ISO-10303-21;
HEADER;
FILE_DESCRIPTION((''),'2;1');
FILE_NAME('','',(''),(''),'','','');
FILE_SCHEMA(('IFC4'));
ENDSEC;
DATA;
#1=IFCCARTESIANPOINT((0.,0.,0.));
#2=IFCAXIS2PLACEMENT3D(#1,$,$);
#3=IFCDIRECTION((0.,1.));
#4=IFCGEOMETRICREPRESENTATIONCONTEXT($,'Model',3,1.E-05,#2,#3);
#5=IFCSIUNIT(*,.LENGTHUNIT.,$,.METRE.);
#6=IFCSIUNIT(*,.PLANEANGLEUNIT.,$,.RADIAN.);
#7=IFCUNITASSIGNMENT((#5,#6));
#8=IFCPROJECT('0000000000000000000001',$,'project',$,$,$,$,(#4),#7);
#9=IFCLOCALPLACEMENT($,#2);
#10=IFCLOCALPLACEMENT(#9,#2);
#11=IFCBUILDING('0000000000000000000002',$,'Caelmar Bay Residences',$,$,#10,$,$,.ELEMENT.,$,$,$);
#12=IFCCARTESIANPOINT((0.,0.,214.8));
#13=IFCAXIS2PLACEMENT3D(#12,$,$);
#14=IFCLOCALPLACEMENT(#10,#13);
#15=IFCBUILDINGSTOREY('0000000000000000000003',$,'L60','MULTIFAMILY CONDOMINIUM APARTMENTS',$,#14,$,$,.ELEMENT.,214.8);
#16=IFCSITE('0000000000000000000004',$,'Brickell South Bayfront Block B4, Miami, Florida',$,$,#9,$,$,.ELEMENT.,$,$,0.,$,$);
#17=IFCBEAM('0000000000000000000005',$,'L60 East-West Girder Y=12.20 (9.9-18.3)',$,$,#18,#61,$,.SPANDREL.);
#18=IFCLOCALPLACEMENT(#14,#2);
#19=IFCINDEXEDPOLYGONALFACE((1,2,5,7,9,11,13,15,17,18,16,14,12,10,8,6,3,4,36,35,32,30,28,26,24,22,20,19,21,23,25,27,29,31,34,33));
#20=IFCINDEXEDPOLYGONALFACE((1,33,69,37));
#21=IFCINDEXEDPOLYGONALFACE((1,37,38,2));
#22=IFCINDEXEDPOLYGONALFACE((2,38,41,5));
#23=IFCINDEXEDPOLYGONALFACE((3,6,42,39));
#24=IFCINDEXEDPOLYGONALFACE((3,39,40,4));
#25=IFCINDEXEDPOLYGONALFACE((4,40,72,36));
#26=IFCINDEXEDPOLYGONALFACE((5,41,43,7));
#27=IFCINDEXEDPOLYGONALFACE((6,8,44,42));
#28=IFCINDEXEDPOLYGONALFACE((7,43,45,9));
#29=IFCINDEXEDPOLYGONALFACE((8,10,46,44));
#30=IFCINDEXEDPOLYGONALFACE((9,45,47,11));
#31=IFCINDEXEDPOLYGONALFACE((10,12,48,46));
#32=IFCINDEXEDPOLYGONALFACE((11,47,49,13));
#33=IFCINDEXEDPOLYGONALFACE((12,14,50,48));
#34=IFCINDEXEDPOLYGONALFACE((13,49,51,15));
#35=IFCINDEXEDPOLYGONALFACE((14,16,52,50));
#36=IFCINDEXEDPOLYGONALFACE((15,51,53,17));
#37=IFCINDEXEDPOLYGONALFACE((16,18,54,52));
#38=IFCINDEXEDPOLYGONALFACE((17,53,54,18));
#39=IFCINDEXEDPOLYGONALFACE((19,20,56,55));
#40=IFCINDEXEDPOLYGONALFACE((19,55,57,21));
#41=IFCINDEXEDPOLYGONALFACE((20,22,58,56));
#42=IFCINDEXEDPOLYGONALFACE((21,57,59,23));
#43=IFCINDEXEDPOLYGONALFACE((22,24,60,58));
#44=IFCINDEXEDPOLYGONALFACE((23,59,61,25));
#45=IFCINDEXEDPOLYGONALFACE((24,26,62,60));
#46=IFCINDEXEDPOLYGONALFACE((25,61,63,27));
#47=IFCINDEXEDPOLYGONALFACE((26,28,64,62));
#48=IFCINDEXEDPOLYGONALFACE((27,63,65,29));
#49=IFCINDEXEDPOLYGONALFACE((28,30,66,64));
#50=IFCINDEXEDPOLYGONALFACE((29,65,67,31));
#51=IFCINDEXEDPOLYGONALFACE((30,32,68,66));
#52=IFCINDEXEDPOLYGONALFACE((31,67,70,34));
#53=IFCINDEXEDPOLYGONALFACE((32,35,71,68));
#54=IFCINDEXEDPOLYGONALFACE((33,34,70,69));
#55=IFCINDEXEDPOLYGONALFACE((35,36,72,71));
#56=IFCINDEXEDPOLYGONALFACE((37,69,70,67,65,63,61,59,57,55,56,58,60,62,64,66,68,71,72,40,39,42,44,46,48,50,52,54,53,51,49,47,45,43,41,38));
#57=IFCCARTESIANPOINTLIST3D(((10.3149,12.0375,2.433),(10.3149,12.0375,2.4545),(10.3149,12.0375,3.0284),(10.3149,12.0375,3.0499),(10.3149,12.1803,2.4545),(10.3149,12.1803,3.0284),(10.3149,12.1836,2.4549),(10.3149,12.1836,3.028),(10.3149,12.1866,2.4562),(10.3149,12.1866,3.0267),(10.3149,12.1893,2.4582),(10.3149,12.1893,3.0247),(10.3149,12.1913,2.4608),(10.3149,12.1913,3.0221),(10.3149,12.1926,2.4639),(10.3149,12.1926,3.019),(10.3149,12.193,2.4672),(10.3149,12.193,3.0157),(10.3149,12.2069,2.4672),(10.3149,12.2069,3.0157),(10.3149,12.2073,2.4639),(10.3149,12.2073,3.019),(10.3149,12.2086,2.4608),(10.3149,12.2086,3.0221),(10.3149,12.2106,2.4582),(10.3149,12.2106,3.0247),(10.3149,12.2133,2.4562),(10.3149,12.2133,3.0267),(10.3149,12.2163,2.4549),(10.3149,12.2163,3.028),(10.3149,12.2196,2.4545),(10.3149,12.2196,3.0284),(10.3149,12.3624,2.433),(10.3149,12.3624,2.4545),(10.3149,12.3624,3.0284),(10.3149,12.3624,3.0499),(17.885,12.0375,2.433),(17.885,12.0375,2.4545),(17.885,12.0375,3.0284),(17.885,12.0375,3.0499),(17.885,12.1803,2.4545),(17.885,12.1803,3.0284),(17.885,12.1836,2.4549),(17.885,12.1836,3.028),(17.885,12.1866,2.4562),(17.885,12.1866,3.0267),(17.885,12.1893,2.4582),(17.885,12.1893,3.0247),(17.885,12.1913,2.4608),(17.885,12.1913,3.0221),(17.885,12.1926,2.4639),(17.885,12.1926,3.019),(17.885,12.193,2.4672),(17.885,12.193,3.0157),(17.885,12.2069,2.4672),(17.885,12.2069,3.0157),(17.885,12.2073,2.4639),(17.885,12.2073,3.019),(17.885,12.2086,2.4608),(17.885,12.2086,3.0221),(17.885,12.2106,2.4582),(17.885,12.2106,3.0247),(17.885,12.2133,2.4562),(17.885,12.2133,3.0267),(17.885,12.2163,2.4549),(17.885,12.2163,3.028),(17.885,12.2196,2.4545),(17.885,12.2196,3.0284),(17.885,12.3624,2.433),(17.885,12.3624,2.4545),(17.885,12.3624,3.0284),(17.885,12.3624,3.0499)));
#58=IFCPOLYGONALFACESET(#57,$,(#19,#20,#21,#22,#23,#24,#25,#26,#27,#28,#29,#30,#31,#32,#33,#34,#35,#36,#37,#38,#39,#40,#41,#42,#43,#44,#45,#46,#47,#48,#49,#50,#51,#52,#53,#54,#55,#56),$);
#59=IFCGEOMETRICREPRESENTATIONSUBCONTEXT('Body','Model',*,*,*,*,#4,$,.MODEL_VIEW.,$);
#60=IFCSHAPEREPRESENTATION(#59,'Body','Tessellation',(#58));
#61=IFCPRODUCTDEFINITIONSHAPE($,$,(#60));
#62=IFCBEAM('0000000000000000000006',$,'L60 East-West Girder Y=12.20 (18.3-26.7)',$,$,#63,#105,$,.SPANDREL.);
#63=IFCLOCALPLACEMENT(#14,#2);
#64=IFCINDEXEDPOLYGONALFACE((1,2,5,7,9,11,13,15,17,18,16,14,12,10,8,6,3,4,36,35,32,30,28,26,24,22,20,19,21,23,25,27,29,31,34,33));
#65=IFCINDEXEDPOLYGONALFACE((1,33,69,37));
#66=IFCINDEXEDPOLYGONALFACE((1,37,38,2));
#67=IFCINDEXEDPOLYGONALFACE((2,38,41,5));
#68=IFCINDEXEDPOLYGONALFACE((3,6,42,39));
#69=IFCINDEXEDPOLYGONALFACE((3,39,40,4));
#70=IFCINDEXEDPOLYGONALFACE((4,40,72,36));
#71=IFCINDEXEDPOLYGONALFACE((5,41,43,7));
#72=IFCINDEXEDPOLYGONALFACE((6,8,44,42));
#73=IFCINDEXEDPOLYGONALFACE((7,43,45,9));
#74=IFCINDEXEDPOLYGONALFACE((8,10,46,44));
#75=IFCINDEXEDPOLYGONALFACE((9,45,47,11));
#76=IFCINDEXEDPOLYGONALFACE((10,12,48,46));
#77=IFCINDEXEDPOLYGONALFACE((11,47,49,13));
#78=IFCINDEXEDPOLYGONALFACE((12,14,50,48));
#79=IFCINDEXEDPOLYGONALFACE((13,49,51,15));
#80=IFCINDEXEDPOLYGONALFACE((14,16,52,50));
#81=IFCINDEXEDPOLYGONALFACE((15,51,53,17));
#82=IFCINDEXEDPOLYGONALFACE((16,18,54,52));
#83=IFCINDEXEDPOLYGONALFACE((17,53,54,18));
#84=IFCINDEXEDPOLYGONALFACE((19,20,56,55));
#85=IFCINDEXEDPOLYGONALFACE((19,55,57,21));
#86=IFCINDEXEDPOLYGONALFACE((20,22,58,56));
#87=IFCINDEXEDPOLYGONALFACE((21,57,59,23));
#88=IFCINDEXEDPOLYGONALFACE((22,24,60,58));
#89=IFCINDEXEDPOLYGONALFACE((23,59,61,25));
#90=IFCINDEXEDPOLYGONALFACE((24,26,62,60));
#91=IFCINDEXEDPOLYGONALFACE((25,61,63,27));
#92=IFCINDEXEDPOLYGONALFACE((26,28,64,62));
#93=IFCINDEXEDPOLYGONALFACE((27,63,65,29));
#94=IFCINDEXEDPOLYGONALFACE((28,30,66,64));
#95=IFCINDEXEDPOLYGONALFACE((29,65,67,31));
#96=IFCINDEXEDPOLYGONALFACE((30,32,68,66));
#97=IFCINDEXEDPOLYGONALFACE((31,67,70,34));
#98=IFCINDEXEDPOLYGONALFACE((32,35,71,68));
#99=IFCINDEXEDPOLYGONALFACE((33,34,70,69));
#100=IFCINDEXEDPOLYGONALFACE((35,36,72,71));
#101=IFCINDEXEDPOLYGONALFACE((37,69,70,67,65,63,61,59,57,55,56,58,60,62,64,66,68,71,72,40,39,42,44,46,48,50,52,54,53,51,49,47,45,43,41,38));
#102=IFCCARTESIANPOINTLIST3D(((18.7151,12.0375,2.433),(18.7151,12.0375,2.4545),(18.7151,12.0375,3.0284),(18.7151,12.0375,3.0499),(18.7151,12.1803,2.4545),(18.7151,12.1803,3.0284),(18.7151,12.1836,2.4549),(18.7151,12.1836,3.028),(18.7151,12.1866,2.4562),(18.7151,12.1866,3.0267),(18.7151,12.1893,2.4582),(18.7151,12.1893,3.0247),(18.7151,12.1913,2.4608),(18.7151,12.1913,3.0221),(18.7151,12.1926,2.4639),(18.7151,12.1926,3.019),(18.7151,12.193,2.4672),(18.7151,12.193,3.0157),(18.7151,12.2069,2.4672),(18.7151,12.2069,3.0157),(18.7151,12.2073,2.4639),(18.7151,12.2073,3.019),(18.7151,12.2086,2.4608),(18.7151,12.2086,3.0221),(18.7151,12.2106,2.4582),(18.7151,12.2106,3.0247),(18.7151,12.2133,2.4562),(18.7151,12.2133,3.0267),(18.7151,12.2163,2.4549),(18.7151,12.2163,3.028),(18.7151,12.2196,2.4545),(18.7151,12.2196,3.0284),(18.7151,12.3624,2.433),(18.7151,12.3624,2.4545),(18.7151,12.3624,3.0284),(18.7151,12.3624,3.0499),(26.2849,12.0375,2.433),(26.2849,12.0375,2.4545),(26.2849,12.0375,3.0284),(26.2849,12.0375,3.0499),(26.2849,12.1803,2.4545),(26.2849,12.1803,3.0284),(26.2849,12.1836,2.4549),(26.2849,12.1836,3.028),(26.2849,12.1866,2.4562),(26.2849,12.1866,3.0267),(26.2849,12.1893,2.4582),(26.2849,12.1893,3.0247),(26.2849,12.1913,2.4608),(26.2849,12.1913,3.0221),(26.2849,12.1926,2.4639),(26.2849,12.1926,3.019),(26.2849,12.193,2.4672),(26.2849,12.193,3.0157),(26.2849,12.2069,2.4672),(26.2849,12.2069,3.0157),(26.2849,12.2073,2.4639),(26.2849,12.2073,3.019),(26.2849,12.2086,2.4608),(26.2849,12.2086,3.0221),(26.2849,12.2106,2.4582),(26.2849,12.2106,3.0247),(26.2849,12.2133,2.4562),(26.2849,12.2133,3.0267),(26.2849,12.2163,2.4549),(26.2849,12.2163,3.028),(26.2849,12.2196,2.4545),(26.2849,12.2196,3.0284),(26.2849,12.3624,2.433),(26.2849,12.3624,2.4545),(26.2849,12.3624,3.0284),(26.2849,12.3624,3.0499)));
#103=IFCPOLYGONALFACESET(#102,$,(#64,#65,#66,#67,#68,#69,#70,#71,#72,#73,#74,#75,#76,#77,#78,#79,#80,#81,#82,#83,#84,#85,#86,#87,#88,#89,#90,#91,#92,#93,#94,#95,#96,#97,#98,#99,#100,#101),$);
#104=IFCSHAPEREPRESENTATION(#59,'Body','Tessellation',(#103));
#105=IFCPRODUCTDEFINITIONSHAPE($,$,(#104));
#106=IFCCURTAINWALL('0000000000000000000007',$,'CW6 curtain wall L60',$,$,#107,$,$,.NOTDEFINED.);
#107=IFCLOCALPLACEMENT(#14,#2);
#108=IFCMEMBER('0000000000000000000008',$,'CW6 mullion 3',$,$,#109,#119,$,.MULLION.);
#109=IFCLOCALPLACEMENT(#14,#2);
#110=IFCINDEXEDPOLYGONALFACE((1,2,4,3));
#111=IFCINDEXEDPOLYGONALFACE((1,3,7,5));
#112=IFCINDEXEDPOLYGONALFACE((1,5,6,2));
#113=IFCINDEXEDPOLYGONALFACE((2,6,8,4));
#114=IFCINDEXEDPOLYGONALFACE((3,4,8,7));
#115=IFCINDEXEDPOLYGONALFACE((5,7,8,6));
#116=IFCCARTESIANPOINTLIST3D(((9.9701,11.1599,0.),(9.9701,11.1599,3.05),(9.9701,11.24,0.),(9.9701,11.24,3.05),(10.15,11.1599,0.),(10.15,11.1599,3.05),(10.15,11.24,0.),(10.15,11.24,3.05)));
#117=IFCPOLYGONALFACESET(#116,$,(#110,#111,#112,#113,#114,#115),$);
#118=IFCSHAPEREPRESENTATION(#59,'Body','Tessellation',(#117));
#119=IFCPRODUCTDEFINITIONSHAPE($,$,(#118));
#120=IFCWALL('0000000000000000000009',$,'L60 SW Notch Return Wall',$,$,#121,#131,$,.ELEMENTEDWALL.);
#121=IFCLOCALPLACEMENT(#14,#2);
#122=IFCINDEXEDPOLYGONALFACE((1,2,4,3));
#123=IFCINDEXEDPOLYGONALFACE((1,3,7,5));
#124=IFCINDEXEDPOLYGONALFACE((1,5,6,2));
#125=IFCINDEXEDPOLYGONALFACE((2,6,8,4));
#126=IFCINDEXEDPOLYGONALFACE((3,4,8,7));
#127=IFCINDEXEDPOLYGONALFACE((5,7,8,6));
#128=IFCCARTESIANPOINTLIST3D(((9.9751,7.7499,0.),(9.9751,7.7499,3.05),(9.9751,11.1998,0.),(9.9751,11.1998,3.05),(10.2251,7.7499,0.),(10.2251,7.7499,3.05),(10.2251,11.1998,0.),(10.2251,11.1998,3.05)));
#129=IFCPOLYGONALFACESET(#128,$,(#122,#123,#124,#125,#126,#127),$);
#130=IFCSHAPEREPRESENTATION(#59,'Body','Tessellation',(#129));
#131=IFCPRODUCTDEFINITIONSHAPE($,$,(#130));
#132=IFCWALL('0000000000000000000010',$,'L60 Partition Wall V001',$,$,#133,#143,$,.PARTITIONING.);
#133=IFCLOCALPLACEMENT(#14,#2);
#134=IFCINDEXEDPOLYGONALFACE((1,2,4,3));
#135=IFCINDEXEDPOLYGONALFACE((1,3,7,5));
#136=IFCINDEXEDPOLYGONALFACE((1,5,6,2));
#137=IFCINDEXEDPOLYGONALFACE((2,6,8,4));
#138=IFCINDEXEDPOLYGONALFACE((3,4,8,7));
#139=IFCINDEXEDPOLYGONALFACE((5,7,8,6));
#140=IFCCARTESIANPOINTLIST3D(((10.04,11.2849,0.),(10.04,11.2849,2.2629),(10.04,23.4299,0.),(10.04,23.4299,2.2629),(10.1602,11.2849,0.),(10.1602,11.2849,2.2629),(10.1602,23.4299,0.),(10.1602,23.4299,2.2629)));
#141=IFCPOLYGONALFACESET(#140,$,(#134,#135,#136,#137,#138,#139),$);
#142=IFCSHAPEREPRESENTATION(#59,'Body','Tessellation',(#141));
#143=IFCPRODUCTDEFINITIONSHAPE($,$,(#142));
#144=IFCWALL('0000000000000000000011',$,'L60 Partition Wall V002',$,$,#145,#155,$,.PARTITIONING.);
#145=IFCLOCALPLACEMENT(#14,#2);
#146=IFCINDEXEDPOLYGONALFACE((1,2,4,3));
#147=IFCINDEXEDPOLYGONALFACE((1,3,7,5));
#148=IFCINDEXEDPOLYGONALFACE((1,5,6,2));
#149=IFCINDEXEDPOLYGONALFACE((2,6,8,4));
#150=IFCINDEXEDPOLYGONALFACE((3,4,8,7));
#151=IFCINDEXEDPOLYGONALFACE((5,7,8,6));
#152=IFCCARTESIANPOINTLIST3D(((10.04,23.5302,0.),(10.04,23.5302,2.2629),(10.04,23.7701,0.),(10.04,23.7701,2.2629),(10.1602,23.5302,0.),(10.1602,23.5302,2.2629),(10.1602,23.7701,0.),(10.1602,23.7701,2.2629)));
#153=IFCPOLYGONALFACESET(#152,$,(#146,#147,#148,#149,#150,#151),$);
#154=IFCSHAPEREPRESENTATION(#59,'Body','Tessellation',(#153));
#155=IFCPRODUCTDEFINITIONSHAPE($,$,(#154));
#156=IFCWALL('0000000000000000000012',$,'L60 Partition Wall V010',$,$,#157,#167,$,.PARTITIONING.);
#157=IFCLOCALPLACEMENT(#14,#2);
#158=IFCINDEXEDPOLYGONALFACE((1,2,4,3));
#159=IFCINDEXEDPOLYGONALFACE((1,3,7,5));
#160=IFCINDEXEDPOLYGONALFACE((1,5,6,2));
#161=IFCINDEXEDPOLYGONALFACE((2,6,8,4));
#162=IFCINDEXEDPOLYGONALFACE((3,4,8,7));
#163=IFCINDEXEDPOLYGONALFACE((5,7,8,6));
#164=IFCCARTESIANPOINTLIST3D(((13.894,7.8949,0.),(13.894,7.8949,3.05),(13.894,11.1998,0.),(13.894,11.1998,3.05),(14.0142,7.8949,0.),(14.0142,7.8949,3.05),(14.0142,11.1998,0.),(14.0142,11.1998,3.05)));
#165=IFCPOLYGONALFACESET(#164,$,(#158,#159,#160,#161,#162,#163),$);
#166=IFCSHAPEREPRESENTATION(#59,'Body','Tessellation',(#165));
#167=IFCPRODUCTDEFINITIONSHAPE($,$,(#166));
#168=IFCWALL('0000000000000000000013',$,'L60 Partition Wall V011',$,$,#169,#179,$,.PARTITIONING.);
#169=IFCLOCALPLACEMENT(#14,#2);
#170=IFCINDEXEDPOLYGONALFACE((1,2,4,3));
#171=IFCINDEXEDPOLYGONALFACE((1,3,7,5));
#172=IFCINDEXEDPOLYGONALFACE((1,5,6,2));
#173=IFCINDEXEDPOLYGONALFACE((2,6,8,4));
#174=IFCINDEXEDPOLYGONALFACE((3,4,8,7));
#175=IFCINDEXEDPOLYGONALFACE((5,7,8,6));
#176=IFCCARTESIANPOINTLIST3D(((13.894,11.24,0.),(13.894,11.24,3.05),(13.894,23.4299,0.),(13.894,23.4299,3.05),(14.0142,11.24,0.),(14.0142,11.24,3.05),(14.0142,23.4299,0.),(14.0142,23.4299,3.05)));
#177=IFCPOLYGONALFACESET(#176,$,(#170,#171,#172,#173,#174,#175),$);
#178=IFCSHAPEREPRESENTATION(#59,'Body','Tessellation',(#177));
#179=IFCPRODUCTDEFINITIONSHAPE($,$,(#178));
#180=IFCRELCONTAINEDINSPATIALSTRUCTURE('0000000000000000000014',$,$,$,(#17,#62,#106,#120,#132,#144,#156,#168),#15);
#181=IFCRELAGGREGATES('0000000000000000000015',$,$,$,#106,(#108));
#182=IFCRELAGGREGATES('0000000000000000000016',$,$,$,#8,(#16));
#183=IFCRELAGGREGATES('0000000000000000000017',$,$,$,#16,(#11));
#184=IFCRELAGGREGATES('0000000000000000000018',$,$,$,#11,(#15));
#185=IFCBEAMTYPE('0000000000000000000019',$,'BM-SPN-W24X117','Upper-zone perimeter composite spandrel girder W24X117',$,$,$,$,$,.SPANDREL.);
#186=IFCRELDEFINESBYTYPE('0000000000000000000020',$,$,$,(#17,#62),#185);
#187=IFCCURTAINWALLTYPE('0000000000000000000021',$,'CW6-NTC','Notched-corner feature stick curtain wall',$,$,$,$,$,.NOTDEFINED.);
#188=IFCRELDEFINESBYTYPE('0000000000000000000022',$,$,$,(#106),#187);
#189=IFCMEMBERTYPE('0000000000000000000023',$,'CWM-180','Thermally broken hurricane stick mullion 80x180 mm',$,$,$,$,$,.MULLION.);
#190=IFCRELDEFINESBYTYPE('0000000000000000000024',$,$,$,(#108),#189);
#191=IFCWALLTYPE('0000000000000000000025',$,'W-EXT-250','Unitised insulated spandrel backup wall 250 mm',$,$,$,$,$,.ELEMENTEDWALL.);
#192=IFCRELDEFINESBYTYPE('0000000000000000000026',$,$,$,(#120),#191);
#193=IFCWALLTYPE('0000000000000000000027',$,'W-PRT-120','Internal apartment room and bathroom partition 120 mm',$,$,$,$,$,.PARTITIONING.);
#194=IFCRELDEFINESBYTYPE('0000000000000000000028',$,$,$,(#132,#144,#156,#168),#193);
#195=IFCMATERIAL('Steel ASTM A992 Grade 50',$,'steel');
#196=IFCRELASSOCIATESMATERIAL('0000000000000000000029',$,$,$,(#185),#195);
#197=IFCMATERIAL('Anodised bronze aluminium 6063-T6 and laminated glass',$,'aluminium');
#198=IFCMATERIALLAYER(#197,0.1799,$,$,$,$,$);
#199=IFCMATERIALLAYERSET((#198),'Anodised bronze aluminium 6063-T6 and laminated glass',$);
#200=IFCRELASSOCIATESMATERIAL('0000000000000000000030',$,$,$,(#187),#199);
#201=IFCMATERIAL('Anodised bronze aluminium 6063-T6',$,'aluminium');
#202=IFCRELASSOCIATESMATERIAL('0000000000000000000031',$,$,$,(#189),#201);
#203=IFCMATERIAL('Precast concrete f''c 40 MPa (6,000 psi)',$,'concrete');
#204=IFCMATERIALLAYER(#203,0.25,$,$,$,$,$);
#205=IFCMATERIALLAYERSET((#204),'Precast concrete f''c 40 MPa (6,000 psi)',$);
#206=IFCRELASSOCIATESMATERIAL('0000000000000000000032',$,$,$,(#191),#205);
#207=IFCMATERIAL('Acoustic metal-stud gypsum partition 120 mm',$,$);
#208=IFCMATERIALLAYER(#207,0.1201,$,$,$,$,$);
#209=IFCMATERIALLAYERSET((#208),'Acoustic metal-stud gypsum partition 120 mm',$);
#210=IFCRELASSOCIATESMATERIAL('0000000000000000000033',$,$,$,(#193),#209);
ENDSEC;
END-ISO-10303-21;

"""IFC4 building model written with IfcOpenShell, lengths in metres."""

from ifc_helpers import new_model, si_unit, direction, frame, frame_2d, origin, origin_2d, place, context, subcontext, project, spatial, rectangle, i_section, extrude, material, layer, layer_set, material_profile, profile_set, type_object, element, aggregate, save


model = new_model("IFC4")

# Units and contexts
model_context = context("Model", 3, precision=1e-05, world=origin(), true_north=direction((0.0, 1.0)))
body_context = subcontext(model_context, "Body", "Model", "MODEL_VIEW")
ifc_project = project(units=[si_unit("LENGTHUNIT", "METRE"), si_unit("PLANEANGLEUNIT", "RADIAN")], contexts=[model_context])

# Site, building, storey
site_placement = place(None, origin())
site = spatial("IfcSite", under=ifc_project, at=site_placement, Name="Brickell South Bayfront Block B4, Miami, Florida", CompositionType="ELEMENT", RefElevation=0.0)
building_placement = place(site_placement, origin())
building = spatial("IfcBuilding", under=site, at=building_placement, Name="Caelmar Bay Residences", CompositionType="ELEMENT")
storey_placement = place(building_placement, frame((0.0, 0.0, 214.8)))
storey = spatial("IfcBuildingStorey", under=building, at=storey_placement, Name="L60", Description="MULTIFAMILY CONDOMINIUM APARTMENTS", CompositionType="ELEMENT", Elevation=214.8)

# Beams
ifc_material_1 = material(Name="Steel ASTM A992 Grade 50", Category="steel")
ifc_material_profile_1 = material_profile(ifc_material_1, i_section(OverallWidth=0.325, OverallDepth=0.6169, WebThickness=0.0139, FlangeThickness=0.0215, FilletRadius=0.0127, at=origin_2d()), Name="W24X117")
ifc_profile_set_1 = profile_set([ifc_material_profile_1], Name="Steel ASTM A992 Grade 50")
beam_type_1 = type_object("IfcBeamType", Name="BM-SPN-W24X117", Description="Upper-zone perimeter composite spandrel girder W24X117", PredefinedType="SPANDREL", material=ifc_profile_set_1)
beam_1_placement = place(storey_placement, frame((10.3149, 12.2, 2.7415), z_axis=(1.0, 0.0, 0.0), x_axis=(0.0, 1.0, 0.0)))
element("IfcBeam", 1, at=beam_1_placement, inside=storey, type_object=beam_type_1, Name="L60 East-West Girder Y=12.20 (9.9-18.3)", PredefinedType="SPANDREL", context=body_context, shape_type="SweptSolid", body=[
    extrude(i_section(OverallWidth=0.325, OverallDepth=0.6169, WebThickness=0.0139, FlangeThickness=0.0215, FilletRadius=0.0127, at=origin_2d()), origin(), (0.0, 0.0, 1.0), 7.5701),
])
beam_2_placement = place(storey_placement, frame((18.7151, 12.2, 2.7415), z_axis=(1.0, 0.0, 0.0), x_axis=(0.0, 1.0, 0.0)))
element("IfcBeam", 2, at=beam_2_placement, inside=storey, type_object=beam_type_1, Name="L60 East-West Girder Y=12.20 (18.3-26.7)", PredefinedType="SPANDREL", context=body_context, shape_type="SweptSolid", body=[
    extrude(i_section(OverallWidth=0.325, OverallDepth=0.6169, WebThickness=0.0139, FlangeThickness=0.0215, FilletRadius=0.0127, at=origin_2d()), origin(), (0.0, 0.0, 1.0), 7.5698),
])

# Curtain wall, member
ifc_material_2 = material(Name="Anodised bronze aluminium 6063-T6 and laminated glass", Category="aluminium")
ifc_layer_1 = layer(ifc_material_2, 0.1799)
ifc_layer_set_1 = layer_set([ifc_layer_1], Name="Anodised bronze aluminium 6063-T6 and laminated glass")
curtain_wall_type = type_object("IfcCurtainWallType", Name="CW6-NTC", Description="Notched-corner feature stick curtain wall", PredefinedType="NOTDEFINED", material=ifc_layer_set_1)
curtain_wall_placement = place(storey_placement, origin())
curtain_wall = element("IfcCurtainWall", 3, at=curtain_wall_placement, inside=storey, type_object=curtain_wall_type, Name="CW6 curtain wall L60", PredefinedType="NOTDEFINED")
ifc_material_3 = material(Name="Anodised bronze aluminium 6063-T6", Category="aluminium")
ifc_material_profile_2 = material_profile(ifc_material_3, rectangle(XDim=0.0801, YDim=0.1799, at=origin_2d()), Name="CWM-80X180")
ifc_profile_set_2 = profile_set([ifc_material_profile_2], Name="Anodised bronze aluminium 6063-T6")
member_type = type_object("IfcMemberType", Name="CWM-180", Description="Thermally broken hurricane stick mullion 80x180 mm", PredefinedType="MULLION", material=ifc_profile_set_2)
member_placement = place(storey_placement, frame((10.0601, 11.2, 0.0), z_axis=(0.0, 0.0, 1.0), x_axis=(0.0, 1.0, 0.0)))
member = element("IfcMember", 4, at=member_placement, type_object=member_type, Name="CW6 mullion 3", PredefinedType="MULLION", context=body_context, shape_type="SweptSolid", body=[
    extrude(rectangle(XDim=0.0801, YDim=0.1799, at=origin_2d()), origin(), (0.0, 0.0, 1.0), 3.05),
])
aggregate(curtain_wall, [member])

# Walls
ifc_material_4 = material(Name="Precast concrete f'c 40 MPa (6,000 psi)", Category="concrete")
ifc_layer_2 = layer(ifc_material_4, 0.25)
ifc_layer_set_2 = layer_set([ifc_layer_2], Name="Precast concrete f'c 40 MPa (6,000 psi)")
wall_type_1 = type_object("IfcWallType", Name="W-EXT-250", Description="Unitised insulated spandrel backup wall 250 mm", PredefinedType="ELEMENTEDWALL", material=ifc_layer_set_2)
wall_1_placement = place(storey_placement, frame((10.1001, 11.2, 0.0), z_axis=(0.0, 0.0, 1.0), x_axis=(0.0, -1.0, 0.0)))
element("IfcWall", 5, at=wall_1_placement, inside=storey, type_object=wall_type_1, Name="L60 SW Notch Return Wall", PredefinedType="ELEMENTEDWALL", context=body_context, shape_type="SweptSolid", body=[
    extrude(rectangle(XDim=3.45, YDim=0.25, at=frame_2d((1.7251, 0.0))), origin(), (0.0, 0.0, 1.0), 3.05),
])
ifc_material_5 = material(Name="Acoustic metal-stud gypsum partition 120 mm")
ifc_layer_3 = layer(ifc_material_5, 0.1201)
ifc_layer_set_3 = layer_set([ifc_layer_3], Name="Acoustic metal-stud gypsum partition 120 mm")
wall_type_2 = type_object("IfcWallType", Name="W-PRT-120", Description="Internal apartment room and bathroom partition 120 mm", PredefinedType="PARTITIONING", material=ifc_layer_set_3)
wall_2_placement = place(storey_placement, frame((10.1001, 11.2849, 0.0), z_axis=(0.0, 0.0, 1.0), x_axis=(0.0, 1.0, 0.0)))
element("IfcWall", 6, at=wall_2_placement, inside=storey, type_object=wall_type_2, Name="L60 Partition Wall V001", PredefinedType="PARTITIONING", context=body_context, shape_type="SweptSolid", body=[
    extrude(rectangle(XDim=12.145, YDim=0.1201, at=frame_2d((6.0725, 0.0))), origin(), (0.0, 0.0, 1.0), 2.2629),
])
wall_3_placement = place(storey_placement, frame((10.1001, 23.53, 0.0), z_axis=(0.0, 0.0, 1.0), x_axis=(0.0, 1.0, 0.0)))
element("IfcWall", 7, at=wall_3_placement, inside=storey, type_object=wall_type_2, Name="L60 Partition Wall V002", PredefinedType="PARTITIONING", context=body_context, shape_type="SweptSolid", body=[
    extrude(rectangle(XDim=0.24, YDim=0.1201, at=frame_2d((0.1201, 0.0))), origin(), (0.0, 0.0, 1.0), 2.2629),
])
wall_4_placement = place(storey_placement, frame((13.9541, 7.895, 0.0), z_axis=(0.0, 0.0, 1.0), x_axis=(0.0, 1.0, 0.0)))
element("IfcWall", 8, at=wall_4_placement, inside=storey, type_object=wall_type_2, Name="L60 Partition Wall V010", PredefinedType="PARTITIONING", context=body_context, shape_type="SweptSolid", body=[
    extrude(rectangle(XDim=3.3049, YDim=0.1201, at=frame_2d((1.6523, 0.0))), origin(), (0.0, 0.0, 1.0), 3.05),
])
wall_5_placement = place(storey_placement, frame((13.9541, 11.24, 0.0), z_axis=(0.0, 0.0, 1.0), x_axis=(0.0, 1.0, 0.0)))
element("IfcWall", 9, at=wall_5_placement, inside=storey, type_object=wall_type_2, Name="L60 Partition Wall V011", PredefinedType="PARTITIONING", context=body_context, shape_type="SweptSolid", body=[
    extrude(rectangle(XDim=12.1899, YDim=0.1201, at=frame_2d((6.095, 0.0))), origin(), (0.0, 0.0, 1.0), 3.05),
])

save(model, "model.ifc")
